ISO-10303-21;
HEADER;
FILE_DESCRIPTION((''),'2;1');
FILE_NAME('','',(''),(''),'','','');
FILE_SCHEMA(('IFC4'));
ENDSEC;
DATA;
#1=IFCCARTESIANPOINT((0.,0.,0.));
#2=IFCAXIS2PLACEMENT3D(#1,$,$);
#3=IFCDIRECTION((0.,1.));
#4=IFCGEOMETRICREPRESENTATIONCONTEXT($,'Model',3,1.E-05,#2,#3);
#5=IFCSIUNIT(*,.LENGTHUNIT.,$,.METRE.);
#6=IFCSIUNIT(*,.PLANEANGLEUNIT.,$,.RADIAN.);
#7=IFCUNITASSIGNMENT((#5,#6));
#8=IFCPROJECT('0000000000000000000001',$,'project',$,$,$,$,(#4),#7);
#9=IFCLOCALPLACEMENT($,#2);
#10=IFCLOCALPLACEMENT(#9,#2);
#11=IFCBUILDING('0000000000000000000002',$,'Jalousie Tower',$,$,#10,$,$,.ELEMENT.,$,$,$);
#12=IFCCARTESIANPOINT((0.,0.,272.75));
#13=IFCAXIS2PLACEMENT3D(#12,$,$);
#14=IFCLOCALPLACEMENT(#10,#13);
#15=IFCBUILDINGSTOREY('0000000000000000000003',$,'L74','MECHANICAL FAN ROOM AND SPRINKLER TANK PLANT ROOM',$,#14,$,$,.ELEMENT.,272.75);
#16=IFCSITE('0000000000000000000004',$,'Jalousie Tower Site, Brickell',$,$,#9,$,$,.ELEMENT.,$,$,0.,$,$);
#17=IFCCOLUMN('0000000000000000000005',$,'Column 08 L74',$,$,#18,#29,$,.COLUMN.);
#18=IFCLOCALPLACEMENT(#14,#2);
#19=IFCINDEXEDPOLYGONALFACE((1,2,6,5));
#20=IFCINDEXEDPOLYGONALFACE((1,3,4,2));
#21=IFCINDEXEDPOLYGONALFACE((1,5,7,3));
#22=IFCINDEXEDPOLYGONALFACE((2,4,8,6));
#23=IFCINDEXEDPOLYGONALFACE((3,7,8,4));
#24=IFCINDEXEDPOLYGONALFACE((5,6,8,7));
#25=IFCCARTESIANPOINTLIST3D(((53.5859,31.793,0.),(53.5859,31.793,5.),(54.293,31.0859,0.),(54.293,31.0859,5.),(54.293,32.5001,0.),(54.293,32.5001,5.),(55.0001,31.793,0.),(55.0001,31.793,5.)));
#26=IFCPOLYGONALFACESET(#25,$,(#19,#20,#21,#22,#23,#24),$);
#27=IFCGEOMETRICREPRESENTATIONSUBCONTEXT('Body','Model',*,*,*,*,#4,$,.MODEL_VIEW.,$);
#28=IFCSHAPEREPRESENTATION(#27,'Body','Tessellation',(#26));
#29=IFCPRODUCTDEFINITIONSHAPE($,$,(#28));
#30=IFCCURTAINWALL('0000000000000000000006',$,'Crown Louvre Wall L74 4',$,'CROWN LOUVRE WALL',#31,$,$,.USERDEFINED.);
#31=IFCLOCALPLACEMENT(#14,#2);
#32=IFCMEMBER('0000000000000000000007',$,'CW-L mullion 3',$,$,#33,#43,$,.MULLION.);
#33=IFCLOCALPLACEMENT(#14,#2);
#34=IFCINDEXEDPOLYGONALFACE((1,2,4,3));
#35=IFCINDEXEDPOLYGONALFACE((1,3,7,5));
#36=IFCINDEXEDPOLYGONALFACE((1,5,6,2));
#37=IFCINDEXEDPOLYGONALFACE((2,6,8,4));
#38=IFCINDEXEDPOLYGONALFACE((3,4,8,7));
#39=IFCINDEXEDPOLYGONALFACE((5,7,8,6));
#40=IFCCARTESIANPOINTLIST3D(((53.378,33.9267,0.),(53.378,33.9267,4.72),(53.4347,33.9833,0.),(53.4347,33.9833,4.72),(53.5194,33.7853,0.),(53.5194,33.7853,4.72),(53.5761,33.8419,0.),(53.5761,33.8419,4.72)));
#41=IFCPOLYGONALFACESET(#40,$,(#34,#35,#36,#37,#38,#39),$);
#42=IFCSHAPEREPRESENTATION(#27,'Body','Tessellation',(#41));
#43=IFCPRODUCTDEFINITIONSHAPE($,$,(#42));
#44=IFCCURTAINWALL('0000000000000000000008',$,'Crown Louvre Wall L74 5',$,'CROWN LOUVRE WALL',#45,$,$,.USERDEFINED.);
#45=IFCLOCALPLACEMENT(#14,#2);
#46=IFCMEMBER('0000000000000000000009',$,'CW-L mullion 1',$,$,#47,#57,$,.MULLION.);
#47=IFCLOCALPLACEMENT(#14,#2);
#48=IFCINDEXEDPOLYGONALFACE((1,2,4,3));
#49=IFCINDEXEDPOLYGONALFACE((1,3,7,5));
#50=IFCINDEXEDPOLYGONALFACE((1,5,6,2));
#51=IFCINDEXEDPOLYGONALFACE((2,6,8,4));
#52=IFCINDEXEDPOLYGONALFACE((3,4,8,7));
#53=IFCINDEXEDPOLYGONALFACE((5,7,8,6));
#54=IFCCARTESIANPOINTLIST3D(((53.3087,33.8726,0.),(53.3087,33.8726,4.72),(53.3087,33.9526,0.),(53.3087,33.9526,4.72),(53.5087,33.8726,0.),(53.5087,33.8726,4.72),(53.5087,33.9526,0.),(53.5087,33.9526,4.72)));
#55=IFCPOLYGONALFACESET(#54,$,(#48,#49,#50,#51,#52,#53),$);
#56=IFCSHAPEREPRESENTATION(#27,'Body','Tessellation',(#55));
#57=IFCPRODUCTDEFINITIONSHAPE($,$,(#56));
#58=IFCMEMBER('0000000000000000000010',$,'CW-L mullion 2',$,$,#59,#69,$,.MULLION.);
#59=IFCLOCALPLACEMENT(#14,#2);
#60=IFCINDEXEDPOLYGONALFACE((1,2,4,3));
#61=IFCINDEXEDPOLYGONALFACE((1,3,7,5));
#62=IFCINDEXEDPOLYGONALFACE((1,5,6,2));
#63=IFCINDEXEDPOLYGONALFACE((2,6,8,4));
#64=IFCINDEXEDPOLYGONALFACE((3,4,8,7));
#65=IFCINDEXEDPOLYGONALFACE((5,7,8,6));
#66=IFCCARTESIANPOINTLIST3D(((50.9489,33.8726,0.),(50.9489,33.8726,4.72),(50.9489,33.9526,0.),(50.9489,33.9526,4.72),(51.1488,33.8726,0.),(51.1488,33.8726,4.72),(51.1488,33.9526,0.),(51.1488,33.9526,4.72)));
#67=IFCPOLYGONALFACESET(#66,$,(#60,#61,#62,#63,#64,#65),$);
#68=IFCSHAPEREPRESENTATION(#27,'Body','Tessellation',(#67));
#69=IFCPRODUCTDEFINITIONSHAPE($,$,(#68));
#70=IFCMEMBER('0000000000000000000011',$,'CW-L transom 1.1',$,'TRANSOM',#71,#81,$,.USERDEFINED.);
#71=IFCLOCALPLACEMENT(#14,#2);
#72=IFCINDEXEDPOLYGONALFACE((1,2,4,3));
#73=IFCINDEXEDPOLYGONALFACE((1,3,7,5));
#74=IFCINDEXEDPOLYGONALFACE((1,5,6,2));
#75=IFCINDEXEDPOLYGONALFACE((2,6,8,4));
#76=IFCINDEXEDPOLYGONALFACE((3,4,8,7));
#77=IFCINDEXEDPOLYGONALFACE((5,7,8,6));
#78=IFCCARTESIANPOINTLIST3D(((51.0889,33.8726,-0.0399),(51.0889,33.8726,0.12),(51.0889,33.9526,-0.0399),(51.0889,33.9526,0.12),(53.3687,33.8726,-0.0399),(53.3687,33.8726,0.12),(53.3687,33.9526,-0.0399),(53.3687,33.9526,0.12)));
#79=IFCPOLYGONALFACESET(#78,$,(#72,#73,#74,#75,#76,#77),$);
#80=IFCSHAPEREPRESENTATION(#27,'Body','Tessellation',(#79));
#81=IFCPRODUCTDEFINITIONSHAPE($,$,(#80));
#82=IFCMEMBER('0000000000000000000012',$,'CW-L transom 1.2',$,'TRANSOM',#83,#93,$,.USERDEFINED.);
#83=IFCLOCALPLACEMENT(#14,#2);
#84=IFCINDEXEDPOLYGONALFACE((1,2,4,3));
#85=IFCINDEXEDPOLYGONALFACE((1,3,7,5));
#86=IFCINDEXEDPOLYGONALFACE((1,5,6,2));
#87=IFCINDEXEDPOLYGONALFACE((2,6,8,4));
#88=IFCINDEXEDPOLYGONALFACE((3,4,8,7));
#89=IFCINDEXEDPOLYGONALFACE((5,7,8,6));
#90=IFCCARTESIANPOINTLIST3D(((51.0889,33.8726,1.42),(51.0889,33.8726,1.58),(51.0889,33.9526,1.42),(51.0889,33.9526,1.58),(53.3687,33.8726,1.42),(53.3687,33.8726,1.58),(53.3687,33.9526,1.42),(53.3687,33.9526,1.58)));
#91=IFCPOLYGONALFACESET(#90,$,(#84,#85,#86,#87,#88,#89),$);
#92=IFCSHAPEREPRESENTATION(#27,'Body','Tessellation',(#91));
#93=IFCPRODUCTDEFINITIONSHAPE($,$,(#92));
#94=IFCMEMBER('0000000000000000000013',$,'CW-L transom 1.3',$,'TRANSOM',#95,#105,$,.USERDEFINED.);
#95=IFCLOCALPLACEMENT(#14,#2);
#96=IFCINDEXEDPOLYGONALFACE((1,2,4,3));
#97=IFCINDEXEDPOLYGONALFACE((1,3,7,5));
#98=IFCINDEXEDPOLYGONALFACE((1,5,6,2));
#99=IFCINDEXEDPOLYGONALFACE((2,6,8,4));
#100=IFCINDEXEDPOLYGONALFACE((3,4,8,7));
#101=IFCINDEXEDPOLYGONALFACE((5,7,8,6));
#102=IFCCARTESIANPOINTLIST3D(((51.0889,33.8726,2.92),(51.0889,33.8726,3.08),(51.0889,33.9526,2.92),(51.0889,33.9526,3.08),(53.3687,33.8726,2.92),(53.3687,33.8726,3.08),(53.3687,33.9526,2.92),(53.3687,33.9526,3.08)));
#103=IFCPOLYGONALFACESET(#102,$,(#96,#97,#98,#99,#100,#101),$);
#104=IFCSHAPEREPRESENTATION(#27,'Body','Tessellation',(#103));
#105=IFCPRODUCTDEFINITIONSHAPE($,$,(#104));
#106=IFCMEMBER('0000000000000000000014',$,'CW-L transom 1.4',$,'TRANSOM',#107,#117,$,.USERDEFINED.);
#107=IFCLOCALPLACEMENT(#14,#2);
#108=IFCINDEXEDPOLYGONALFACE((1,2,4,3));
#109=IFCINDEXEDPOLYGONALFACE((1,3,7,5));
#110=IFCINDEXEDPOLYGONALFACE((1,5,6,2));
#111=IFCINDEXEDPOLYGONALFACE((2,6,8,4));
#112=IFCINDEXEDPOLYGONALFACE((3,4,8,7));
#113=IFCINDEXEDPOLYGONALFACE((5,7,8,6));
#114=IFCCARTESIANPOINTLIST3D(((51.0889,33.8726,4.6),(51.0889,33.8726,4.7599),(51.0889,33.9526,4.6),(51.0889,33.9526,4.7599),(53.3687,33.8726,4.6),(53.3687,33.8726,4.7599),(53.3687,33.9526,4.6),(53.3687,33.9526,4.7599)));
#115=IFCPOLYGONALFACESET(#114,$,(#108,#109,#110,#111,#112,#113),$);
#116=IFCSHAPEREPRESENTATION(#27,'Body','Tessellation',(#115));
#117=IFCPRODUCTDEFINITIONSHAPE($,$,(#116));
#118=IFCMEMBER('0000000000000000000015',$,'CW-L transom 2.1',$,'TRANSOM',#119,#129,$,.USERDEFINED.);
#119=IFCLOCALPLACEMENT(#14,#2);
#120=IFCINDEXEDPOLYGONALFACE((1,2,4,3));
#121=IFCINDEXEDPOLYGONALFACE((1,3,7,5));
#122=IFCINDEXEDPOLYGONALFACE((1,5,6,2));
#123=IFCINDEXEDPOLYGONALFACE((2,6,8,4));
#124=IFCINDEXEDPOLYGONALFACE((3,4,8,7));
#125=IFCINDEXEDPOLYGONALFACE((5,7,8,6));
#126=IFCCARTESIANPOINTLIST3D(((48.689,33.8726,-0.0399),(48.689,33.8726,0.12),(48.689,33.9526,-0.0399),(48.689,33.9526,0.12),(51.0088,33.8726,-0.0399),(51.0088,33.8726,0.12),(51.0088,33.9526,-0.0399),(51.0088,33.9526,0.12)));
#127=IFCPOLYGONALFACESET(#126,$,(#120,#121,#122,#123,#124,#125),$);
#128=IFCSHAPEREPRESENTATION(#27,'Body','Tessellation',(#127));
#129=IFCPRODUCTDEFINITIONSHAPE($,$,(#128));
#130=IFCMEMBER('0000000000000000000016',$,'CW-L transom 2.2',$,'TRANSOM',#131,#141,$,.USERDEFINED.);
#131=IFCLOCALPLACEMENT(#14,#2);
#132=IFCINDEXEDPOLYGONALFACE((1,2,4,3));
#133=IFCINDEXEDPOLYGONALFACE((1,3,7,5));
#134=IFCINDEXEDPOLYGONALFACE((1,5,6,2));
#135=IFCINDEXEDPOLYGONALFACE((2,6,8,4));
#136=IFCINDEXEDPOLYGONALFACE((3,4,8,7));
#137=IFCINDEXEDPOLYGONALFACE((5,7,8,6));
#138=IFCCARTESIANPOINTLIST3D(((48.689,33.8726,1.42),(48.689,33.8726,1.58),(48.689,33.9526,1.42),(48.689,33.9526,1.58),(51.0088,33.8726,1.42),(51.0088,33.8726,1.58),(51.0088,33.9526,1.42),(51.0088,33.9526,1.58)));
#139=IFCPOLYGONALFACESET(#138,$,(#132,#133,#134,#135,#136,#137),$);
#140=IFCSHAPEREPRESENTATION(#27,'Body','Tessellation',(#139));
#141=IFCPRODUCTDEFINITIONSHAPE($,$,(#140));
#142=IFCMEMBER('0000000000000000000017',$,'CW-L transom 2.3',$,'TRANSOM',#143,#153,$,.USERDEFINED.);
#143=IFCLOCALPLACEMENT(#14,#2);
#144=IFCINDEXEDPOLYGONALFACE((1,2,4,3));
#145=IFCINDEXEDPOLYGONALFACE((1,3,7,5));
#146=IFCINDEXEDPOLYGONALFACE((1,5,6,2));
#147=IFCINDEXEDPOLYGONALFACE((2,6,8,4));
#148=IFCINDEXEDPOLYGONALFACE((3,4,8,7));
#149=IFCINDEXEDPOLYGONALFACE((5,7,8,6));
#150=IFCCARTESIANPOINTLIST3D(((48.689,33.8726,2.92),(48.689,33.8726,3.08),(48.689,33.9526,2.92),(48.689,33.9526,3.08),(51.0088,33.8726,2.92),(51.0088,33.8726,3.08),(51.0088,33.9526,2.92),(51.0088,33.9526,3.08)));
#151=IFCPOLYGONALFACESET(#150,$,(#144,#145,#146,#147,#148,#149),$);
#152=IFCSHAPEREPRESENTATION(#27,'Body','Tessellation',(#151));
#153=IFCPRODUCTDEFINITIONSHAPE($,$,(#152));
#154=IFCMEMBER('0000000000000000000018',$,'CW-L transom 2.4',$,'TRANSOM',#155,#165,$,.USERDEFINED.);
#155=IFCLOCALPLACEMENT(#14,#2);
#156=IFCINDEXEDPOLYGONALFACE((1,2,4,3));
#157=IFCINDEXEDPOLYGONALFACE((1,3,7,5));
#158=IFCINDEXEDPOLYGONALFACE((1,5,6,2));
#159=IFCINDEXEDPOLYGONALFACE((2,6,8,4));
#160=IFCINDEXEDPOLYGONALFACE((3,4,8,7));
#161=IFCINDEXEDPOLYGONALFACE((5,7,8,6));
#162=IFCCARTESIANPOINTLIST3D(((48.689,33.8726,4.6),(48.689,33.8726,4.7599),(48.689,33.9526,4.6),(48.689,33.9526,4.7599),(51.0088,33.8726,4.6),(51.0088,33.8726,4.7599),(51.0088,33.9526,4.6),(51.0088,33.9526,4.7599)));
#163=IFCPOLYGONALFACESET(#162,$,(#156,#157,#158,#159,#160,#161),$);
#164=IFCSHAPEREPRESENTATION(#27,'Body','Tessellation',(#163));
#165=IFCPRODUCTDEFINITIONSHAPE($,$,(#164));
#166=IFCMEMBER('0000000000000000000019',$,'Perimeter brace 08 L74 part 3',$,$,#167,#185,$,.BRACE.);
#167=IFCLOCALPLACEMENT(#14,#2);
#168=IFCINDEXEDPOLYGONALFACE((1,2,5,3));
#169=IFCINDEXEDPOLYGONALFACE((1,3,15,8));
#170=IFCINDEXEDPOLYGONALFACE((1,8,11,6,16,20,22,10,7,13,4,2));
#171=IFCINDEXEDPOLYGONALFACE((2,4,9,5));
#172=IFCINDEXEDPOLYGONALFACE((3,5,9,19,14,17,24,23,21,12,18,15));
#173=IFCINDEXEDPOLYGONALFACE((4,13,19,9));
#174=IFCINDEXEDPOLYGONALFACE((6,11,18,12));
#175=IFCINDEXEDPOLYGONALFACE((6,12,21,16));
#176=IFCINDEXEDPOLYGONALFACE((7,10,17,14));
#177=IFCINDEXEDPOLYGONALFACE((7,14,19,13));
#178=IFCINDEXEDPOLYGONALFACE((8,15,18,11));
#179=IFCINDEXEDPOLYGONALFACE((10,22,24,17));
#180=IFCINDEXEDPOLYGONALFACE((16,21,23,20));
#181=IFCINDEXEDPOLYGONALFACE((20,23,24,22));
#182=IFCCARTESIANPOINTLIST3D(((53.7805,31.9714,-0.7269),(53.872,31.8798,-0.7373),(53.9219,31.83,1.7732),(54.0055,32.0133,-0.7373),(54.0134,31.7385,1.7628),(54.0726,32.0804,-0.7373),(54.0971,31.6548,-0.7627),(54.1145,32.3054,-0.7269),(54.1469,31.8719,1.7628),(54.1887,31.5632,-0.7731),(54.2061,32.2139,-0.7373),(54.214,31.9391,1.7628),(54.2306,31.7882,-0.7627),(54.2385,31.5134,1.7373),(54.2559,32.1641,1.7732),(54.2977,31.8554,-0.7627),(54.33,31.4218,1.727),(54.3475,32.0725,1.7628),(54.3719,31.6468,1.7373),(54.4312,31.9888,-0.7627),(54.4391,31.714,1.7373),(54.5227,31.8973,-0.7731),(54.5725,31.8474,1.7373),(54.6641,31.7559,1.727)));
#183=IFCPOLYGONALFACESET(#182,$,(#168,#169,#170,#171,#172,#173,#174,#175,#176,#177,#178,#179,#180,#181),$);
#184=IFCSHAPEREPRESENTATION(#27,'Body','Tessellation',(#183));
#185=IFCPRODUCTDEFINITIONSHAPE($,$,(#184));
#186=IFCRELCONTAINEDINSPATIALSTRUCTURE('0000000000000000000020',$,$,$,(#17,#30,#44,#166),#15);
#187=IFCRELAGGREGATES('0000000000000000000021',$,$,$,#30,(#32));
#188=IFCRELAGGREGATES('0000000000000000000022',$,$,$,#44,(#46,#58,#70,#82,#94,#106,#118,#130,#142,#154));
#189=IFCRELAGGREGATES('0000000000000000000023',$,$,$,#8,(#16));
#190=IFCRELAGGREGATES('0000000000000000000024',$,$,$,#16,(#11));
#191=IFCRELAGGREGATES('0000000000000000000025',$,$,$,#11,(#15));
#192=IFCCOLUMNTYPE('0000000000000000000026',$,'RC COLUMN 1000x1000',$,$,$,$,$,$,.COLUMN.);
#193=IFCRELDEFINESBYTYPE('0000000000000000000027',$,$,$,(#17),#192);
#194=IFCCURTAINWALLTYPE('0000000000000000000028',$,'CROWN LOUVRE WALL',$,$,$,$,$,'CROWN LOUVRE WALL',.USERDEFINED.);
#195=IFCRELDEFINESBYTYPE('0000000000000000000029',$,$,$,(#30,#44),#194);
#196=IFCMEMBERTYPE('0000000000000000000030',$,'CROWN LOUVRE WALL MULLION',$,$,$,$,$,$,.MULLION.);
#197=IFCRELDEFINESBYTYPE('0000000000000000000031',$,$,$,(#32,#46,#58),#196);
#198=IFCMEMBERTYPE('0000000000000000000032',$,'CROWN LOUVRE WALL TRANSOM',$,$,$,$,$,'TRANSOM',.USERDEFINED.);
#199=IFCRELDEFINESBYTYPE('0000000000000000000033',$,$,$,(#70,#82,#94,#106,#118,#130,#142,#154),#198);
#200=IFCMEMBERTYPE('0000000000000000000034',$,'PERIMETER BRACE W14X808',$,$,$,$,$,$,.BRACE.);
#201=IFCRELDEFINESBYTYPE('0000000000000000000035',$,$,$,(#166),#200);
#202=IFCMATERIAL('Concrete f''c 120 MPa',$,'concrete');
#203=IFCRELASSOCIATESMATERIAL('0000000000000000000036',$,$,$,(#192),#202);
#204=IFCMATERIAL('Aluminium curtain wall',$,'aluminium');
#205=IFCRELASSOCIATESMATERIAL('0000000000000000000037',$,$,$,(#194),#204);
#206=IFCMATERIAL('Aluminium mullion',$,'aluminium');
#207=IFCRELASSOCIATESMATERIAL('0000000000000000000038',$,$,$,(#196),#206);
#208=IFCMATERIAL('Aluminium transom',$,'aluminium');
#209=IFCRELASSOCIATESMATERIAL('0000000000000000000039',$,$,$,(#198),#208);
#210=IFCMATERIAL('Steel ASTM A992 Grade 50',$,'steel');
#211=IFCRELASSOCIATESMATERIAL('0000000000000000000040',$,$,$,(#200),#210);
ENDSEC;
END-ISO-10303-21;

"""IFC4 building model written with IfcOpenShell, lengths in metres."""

from ifc_helpers import new_model, si_unit, direction, frame, origin, origin_2d, place, context, subcontext, project, spatial, rectangle, i_section, extrude, material, material_profile, profile_set, type_object, element, aggregate, save


model = new_model("IFC4")

# Units and contexts
model_context = context("Model", 3, precision=1e-05, world=origin(), true_north=direction((0.0, 1.0)))
body_context = subcontext(model_context, "Body", "Model", "MODEL_VIEW")
ifc_project = project(units=[si_unit("LENGTHUNIT", "METRE"), si_unit("PLANEANGLEUNIT", "RADIAN")], contexts=[model_context])

# Site, building, storey
site_placement = place(None, origin())
site = spatial("IfcSite", under=ifc_project, at=site_placement, Name="Jalousie Tower Site, Brickell", CompositionType="ELEMENT", RefElevation=0.0)
building_placement = place(site_placement, origin())
building = spatial("IfcBuilding", under=site, at=building_placement, Name="Jalousie Tower", CompositionType="ELEMENT")
storey_placement = place(building_placement, frame((0.0, 0.0, 272.75)))
storey = spatial("IfcBuildingStorey", under=building, at=storey_placement, Name="L74", Description="MECHANICAL FAN ROOM AND SPRINKLER TANK PLANT ROOM", CompositionType="ELEMENT", Elevation=272.75)

# Column
ifc_material_1 = material(Name="Concrete f'c 120 MPa", Category="concrete")
ifc_material_profile_1 = material_profile(ifc_material_1, rectangle(XDim=1.0, YDim=1.0, at=origin_2d()), Name="RC 1000x1000")
ifc_profile_set_1 = profile_set([ifc_material_profile_1], Name="Concrete f'c 120 MPa")
column_type = type_object("IfcColumnType", Name="RC COLUMN 1000x1000", PredefinedType="COLUMN", material=ifc_profile_set_1)
column_placement = place(storey_placement, frame((54.293, 31.793, 0.0), z_axis=(0.0, 0.0, 1.0), x_axis=(0.707107, 0.707107, 0.0)))
element("IfcColumn", 1, at=column_placement, inside=storey, type_object=column_type, Name="Column 08 L74", PredefinedType="COLUMN", context=body_context, shape_type="SweptSolid", body=[
    extrude(rectangle(XDim=1.0, YDim=1.0, at=origin_2d()), origin(), (0.0, 0.0, 1.0), 5.0),
])

# Curtain wall, member
ifc_material_2 = material(Name="Aluminium curtain wall", Category="aluminium")
curtain_wall_type = type_object("IfcCurtainWallType", Name="CROWN LOUVRE WALL", ElementType="CROWN LOUVRE WALL", PredefinedType="USERDEFINED", material=ifc_material_2)
curtain_wall_1_placement = place(storey_placement, origin())
curtain_wall_1 = element("IfcCurtainWall", 2, at=curtain_wall_1_placement, inside=storey, type_object=curtain_wall_type, Name="Crown Louvre Wall L74 4", ObjectType="CROWN LOUVRE WALL", PredefinedType="USERDEFINED")
ifc_material_3 = material(Name="Aluminium mullion", Category="aluminium")
ifc_material_profile_2 = material_profile(ifc_material_3, rectangle(XDim=0.0801, YDim=0.2, at=origin_2d()), Name="MULLION 80x200")
ifc_profile_set_2 = profile_set([ifc_material_profile_2], Name="Aluminium mullion")
member_type_1 = type_object("IfcMemberType", Name="CROWN LOUVRE WALL MULLION", PredefinedType="MULLION", material=ifc_profile_set_2)
member_1_placement = place(storey_placement, frame((53.4771, 33.8843, 0.0), z_axis=(0.0, 0.0, 1.0), x_axis=(-0.707107, -0.707107, 0.0)))
member_1 = element("IfcMember", 3, at=member_1_placement, type_object=member_type_1, Name="CW-L mullion 3", PredefinedType="MULLION", context=body_context, shape_type="SweptSolid", body=[
    extrude(rectangle(XDim=0.0801, YDim=0.2, at=origin_2d()), origin(), (0.0, 0.0, 1.0), 4.72),
])

# Curtain wall, members
curtain_wall_2_placement = place(storey_placement, origin())
curtain_wall_2 = element("IfcCurtainWall", 4, at=curtain_wall_2_placement, inside=storey, type_object=curtain_wall_type, Name="Crown Louvre Wall L74 5", ObjectType="CROWN LOUVRE WALL", PredefinedType="USERDEFINED")
member_2_placement = place(storey_placement, frame((53.4087, 33.9126, 0.0), z_axis=(0.0, 0.0, 1.0), x_axis=(0.0, -1.0, 0.0)))
member_2 = element("IfcMember", 5, at=member_2_placement, type_object=member_type_1, Name="CW-L mullion 1", PredefinedType="MULLION", context=body_context, shape_type="SweptSolid", body=[
    extrude(rectangle(XDim=0.0801, YDim=0.2, at=origin_2d()), origin(), (0.0, 0.0, 1.0), 4.72),
])
member_3_placement = place(storey_placement, frame((51.0488, 33.9126, 0.0), z_axis=(0.0, 0.0, 1.0), x_axis=(0.0, -1.0, 0.0)))
member_3 = element("IfcMember", 6, at=member_3_placement, type_object=member_type_1, Name="CW-L mullion 2", PredefinedType="MULLION", context=body_context, shape_type="SweptSolid", body=[
    extrude(rectangle(XDim=0.0801, YDim=0.2, at=origin_2d()), origin(), (0.0, 0.0, 1.0), 4.72),
])
ifc_material_4 = material(Name="Aluminium transom", Category="aluminium")
ifc_material_profile_3 = material_profile(ifc_material_4, rectangle(XDim=0.0801, YDim=0.1599, at=origin_2d()), Name="TRANSOM 80x160")
ifc_profile_set_3 = profile_set([ifc_material_profile_3], Name="Aluminium transom")
member_type_2 = type_object("IfcMemberType", Name="CROWN LOUVRE WALL TRANSOM", ElementType="TRANSOM", PredefinedType="USERDEFINED", material=ifc_profile_set_3)
member_4_placement = place(storey_placement, frame((53.3687, 33.9126, 0.04), z_axis=(-1.0, 0.0, 0.0), x_axis=(0.0, -1.0, 0.0)))
member_4 = element("IfcMember", 7, at=member_4_placement, type_object=member_type_2, Name="CW-L transom 1.1", ObjectType="TRANSOM", PredefinedType="USERDEFINED", context=body_context, shape_type="SweptSolid", body=[
    extrude(rectangle(XDim=0.0801, YDim=0.1599, at=origin_2d()), origin(), (0.0, 0.0, 1.0), 2.2798),
])
member_5_placement = place(storey_placement, frame((53.3687, 33.9126, 1.5), z_axis=(-1.0, 0.0, 0.0), x_axis=(0.0, -1.0, 0.0)))
member_5 = element("IfcMember", 8, at=member_5_placement, type_object=member_type_2, Name="CW-L transom 1.2", ObjectType="TRANSOM", PredefinedType="USERDEFINED", context=body_context, shape_type="SweptSolid", body=[
    extrude(rectangle(XDim=0.0801, YDim=0.1599, at=origin_2d()), origin(), (0.0, 0.0, 1.0), 2.2798),
])
member_6_placement = place(storey_placement, frame((53.3687, 33.9126, 3.0), z_axis=(-1.0, 0.0, 0.0), x_axis=(0.0, -1.0, 0.0)))
member_6 = element("IfcMember", 9, at=member_6_placement, type_object=member_type_2, Name="CW-L transom 1.3", ObjectType="TRANSOM", PredefinedType="USERDEFINED", context=body_context, shape_type="SweptSolid", body=[
    extrude(rectangle(XDim=0.0801, YDim=0.1599, at=origin_2d()), origin(), (0.0, 0.0, 1.0), 2.2798),
])
member_7_placement = place(storey_placement, frame((53.3687, 33.9126, 4.6799), z_axis=(-1.0, 0.0, 0.0), x_axis=(0.0, -1.0, 0.0)))
member_7 = element("IfcMember", 10, at=member_7_placement, type_object=member_type_2, Name="CW-L transom 1.4", ObjectType="TRANSOM", PredefinedType="USERDEFINED", context=body_context, shape_type="SweptSolid", body=[
    extrude(rectangle(XDim=0.0801, YDim=0.1599, at=origin_2d()), origin(), (0.0, 0.0, 1.0), 2.2798),
])
member_8_placement = place(storey_placement, frame((51.0088, 33.9126, 0.04), z_axis=(-1.0, 0.0, 0.0), x_axis=(0.0, -1.0, 0.0)))
member_8 = element("IfcMember", 11, at=member_8_placement, type_object=member_type_2, Name="CW-L transom 2.1", ObjectType="TRANSOM", PredefinedType="USERDEFINED", context=body_context, shape_type="SweptSolid", body=[
    extrude(rectangle(XDim=0.0801, YDim=0.1599, at=origin_2d()), origin(), (0.0, 0.0, 1.0), 2.3198),
])
member_9_placement = place(storey_placement, frame((51.0088, 33.9126, 1.5), z_axis=(-1.0, 0.0, 0.0), x_axis=(0.0, -1.0, 0.0)))
member_9 = element("IfcMember", 12, at=member_9_placement, type_object=member_type_2, Name="CW-L transom 2.2", ObjectType="TRANSOM", PredefinedType="USERDEFINED", context=body_context, shape_type="SweptSolid", body=[
    extrude(rectangle(XDim=0.0801, YDim=0.1599, at=origin_2d()), origin(), (0.0, 0.0, 1.0), 2.3198),
])
member_10_placement = place(storey_placement, frame((51.0088, 33.9126, 3.0), z_axis=(-1.0, 0.0, 0.0), x_axis=(0.0, -1.0, 0.0)))
member_10 = element("IfcMember", 13, at=member_10_placement, type_object=member_type_2, Name="CW-L transom 2.3", ObjectType="TRANSOM", PredefinedType="USERDEFINED", context=body_context, shape_type="SweptSolid", body=[
    extrude(rectangle(XDim=0.0801, YDim=0.1599, at=origin_2d()), origin(), (0.0, 0.0, 1.0), 2.3198),
])
member_11_placement = place(storey_placement, frame((51.0088, 33.9126, 4.6799), z_axis=(-1.0, 0.0, 0.0), x_axis=(0.0, -1.0, 0.0)))
member_11 = element("IfcMember", 14, at=member_11_placement, type_object=member_type_2, Name="CW-L transom 2.4", ObjectType="TRANSOM", PredefinedType="USERDEFINED", context=body_context, shape_type="SweptSolid", body=[
    extrude(rectangle(XDim=0.0801, YDim=0.1599, at=origin_2d()), origin(), (0.0, 0.0, 1.0), 2.3198),
])

# Member
ifc_material_5 = material(Name="Steel ASTM A992 Grade 50", Category="steel")
ifc_material_profile_4 = material_profile(ifc_material_5, i_section(OverallWidth=0.4724, OverallDepth=0.5791, WebThickness=0.095, FlangeThickness=0.1299, at=origin_2d()), Name="W14X808")
ifc_profile_set_4 = profile_set([ifc_material_profile_4], Name="Steel ASTM A992 Grade 50")
member_type_3 = type_object("IfcMemberType", Name="PERIMETER BRACE W14X808", PredefinedType="BRACE", material=ifc_profile_set_4)
member_12_placement = place(storey_placement, frame((54.1516, 31.9343, -0.75), z_axis=(0.056363, -0.056363, 0.996818), x_axis=(0.707107, 0.707107, 0.0)))
element("IfcMember", 15, at=member_12_placement, inside=storey, type_object=member_type_3, Name="Perimeter brace 08 L74 part 3", PredefinedType="BRACE", context=body_context, shape_type="SweptSolid", body=[
    extrude(i_section(OverallWidth=0.4724, OverallDepth=0.5791, WebThickness=0.095, FlangeThickness=0.1299, at=origin_2d()), origin(), (0.0, 0.0, 1.0), 2.5081),
])

aggregate(curtain_wall_1, [member_1])
aggregate(curtain_wall_2, [member_2, member_3, member_4, member_5, member_6, member_7, member_8, member_9, member_10, member_11])

save(model, "model.ifc")
